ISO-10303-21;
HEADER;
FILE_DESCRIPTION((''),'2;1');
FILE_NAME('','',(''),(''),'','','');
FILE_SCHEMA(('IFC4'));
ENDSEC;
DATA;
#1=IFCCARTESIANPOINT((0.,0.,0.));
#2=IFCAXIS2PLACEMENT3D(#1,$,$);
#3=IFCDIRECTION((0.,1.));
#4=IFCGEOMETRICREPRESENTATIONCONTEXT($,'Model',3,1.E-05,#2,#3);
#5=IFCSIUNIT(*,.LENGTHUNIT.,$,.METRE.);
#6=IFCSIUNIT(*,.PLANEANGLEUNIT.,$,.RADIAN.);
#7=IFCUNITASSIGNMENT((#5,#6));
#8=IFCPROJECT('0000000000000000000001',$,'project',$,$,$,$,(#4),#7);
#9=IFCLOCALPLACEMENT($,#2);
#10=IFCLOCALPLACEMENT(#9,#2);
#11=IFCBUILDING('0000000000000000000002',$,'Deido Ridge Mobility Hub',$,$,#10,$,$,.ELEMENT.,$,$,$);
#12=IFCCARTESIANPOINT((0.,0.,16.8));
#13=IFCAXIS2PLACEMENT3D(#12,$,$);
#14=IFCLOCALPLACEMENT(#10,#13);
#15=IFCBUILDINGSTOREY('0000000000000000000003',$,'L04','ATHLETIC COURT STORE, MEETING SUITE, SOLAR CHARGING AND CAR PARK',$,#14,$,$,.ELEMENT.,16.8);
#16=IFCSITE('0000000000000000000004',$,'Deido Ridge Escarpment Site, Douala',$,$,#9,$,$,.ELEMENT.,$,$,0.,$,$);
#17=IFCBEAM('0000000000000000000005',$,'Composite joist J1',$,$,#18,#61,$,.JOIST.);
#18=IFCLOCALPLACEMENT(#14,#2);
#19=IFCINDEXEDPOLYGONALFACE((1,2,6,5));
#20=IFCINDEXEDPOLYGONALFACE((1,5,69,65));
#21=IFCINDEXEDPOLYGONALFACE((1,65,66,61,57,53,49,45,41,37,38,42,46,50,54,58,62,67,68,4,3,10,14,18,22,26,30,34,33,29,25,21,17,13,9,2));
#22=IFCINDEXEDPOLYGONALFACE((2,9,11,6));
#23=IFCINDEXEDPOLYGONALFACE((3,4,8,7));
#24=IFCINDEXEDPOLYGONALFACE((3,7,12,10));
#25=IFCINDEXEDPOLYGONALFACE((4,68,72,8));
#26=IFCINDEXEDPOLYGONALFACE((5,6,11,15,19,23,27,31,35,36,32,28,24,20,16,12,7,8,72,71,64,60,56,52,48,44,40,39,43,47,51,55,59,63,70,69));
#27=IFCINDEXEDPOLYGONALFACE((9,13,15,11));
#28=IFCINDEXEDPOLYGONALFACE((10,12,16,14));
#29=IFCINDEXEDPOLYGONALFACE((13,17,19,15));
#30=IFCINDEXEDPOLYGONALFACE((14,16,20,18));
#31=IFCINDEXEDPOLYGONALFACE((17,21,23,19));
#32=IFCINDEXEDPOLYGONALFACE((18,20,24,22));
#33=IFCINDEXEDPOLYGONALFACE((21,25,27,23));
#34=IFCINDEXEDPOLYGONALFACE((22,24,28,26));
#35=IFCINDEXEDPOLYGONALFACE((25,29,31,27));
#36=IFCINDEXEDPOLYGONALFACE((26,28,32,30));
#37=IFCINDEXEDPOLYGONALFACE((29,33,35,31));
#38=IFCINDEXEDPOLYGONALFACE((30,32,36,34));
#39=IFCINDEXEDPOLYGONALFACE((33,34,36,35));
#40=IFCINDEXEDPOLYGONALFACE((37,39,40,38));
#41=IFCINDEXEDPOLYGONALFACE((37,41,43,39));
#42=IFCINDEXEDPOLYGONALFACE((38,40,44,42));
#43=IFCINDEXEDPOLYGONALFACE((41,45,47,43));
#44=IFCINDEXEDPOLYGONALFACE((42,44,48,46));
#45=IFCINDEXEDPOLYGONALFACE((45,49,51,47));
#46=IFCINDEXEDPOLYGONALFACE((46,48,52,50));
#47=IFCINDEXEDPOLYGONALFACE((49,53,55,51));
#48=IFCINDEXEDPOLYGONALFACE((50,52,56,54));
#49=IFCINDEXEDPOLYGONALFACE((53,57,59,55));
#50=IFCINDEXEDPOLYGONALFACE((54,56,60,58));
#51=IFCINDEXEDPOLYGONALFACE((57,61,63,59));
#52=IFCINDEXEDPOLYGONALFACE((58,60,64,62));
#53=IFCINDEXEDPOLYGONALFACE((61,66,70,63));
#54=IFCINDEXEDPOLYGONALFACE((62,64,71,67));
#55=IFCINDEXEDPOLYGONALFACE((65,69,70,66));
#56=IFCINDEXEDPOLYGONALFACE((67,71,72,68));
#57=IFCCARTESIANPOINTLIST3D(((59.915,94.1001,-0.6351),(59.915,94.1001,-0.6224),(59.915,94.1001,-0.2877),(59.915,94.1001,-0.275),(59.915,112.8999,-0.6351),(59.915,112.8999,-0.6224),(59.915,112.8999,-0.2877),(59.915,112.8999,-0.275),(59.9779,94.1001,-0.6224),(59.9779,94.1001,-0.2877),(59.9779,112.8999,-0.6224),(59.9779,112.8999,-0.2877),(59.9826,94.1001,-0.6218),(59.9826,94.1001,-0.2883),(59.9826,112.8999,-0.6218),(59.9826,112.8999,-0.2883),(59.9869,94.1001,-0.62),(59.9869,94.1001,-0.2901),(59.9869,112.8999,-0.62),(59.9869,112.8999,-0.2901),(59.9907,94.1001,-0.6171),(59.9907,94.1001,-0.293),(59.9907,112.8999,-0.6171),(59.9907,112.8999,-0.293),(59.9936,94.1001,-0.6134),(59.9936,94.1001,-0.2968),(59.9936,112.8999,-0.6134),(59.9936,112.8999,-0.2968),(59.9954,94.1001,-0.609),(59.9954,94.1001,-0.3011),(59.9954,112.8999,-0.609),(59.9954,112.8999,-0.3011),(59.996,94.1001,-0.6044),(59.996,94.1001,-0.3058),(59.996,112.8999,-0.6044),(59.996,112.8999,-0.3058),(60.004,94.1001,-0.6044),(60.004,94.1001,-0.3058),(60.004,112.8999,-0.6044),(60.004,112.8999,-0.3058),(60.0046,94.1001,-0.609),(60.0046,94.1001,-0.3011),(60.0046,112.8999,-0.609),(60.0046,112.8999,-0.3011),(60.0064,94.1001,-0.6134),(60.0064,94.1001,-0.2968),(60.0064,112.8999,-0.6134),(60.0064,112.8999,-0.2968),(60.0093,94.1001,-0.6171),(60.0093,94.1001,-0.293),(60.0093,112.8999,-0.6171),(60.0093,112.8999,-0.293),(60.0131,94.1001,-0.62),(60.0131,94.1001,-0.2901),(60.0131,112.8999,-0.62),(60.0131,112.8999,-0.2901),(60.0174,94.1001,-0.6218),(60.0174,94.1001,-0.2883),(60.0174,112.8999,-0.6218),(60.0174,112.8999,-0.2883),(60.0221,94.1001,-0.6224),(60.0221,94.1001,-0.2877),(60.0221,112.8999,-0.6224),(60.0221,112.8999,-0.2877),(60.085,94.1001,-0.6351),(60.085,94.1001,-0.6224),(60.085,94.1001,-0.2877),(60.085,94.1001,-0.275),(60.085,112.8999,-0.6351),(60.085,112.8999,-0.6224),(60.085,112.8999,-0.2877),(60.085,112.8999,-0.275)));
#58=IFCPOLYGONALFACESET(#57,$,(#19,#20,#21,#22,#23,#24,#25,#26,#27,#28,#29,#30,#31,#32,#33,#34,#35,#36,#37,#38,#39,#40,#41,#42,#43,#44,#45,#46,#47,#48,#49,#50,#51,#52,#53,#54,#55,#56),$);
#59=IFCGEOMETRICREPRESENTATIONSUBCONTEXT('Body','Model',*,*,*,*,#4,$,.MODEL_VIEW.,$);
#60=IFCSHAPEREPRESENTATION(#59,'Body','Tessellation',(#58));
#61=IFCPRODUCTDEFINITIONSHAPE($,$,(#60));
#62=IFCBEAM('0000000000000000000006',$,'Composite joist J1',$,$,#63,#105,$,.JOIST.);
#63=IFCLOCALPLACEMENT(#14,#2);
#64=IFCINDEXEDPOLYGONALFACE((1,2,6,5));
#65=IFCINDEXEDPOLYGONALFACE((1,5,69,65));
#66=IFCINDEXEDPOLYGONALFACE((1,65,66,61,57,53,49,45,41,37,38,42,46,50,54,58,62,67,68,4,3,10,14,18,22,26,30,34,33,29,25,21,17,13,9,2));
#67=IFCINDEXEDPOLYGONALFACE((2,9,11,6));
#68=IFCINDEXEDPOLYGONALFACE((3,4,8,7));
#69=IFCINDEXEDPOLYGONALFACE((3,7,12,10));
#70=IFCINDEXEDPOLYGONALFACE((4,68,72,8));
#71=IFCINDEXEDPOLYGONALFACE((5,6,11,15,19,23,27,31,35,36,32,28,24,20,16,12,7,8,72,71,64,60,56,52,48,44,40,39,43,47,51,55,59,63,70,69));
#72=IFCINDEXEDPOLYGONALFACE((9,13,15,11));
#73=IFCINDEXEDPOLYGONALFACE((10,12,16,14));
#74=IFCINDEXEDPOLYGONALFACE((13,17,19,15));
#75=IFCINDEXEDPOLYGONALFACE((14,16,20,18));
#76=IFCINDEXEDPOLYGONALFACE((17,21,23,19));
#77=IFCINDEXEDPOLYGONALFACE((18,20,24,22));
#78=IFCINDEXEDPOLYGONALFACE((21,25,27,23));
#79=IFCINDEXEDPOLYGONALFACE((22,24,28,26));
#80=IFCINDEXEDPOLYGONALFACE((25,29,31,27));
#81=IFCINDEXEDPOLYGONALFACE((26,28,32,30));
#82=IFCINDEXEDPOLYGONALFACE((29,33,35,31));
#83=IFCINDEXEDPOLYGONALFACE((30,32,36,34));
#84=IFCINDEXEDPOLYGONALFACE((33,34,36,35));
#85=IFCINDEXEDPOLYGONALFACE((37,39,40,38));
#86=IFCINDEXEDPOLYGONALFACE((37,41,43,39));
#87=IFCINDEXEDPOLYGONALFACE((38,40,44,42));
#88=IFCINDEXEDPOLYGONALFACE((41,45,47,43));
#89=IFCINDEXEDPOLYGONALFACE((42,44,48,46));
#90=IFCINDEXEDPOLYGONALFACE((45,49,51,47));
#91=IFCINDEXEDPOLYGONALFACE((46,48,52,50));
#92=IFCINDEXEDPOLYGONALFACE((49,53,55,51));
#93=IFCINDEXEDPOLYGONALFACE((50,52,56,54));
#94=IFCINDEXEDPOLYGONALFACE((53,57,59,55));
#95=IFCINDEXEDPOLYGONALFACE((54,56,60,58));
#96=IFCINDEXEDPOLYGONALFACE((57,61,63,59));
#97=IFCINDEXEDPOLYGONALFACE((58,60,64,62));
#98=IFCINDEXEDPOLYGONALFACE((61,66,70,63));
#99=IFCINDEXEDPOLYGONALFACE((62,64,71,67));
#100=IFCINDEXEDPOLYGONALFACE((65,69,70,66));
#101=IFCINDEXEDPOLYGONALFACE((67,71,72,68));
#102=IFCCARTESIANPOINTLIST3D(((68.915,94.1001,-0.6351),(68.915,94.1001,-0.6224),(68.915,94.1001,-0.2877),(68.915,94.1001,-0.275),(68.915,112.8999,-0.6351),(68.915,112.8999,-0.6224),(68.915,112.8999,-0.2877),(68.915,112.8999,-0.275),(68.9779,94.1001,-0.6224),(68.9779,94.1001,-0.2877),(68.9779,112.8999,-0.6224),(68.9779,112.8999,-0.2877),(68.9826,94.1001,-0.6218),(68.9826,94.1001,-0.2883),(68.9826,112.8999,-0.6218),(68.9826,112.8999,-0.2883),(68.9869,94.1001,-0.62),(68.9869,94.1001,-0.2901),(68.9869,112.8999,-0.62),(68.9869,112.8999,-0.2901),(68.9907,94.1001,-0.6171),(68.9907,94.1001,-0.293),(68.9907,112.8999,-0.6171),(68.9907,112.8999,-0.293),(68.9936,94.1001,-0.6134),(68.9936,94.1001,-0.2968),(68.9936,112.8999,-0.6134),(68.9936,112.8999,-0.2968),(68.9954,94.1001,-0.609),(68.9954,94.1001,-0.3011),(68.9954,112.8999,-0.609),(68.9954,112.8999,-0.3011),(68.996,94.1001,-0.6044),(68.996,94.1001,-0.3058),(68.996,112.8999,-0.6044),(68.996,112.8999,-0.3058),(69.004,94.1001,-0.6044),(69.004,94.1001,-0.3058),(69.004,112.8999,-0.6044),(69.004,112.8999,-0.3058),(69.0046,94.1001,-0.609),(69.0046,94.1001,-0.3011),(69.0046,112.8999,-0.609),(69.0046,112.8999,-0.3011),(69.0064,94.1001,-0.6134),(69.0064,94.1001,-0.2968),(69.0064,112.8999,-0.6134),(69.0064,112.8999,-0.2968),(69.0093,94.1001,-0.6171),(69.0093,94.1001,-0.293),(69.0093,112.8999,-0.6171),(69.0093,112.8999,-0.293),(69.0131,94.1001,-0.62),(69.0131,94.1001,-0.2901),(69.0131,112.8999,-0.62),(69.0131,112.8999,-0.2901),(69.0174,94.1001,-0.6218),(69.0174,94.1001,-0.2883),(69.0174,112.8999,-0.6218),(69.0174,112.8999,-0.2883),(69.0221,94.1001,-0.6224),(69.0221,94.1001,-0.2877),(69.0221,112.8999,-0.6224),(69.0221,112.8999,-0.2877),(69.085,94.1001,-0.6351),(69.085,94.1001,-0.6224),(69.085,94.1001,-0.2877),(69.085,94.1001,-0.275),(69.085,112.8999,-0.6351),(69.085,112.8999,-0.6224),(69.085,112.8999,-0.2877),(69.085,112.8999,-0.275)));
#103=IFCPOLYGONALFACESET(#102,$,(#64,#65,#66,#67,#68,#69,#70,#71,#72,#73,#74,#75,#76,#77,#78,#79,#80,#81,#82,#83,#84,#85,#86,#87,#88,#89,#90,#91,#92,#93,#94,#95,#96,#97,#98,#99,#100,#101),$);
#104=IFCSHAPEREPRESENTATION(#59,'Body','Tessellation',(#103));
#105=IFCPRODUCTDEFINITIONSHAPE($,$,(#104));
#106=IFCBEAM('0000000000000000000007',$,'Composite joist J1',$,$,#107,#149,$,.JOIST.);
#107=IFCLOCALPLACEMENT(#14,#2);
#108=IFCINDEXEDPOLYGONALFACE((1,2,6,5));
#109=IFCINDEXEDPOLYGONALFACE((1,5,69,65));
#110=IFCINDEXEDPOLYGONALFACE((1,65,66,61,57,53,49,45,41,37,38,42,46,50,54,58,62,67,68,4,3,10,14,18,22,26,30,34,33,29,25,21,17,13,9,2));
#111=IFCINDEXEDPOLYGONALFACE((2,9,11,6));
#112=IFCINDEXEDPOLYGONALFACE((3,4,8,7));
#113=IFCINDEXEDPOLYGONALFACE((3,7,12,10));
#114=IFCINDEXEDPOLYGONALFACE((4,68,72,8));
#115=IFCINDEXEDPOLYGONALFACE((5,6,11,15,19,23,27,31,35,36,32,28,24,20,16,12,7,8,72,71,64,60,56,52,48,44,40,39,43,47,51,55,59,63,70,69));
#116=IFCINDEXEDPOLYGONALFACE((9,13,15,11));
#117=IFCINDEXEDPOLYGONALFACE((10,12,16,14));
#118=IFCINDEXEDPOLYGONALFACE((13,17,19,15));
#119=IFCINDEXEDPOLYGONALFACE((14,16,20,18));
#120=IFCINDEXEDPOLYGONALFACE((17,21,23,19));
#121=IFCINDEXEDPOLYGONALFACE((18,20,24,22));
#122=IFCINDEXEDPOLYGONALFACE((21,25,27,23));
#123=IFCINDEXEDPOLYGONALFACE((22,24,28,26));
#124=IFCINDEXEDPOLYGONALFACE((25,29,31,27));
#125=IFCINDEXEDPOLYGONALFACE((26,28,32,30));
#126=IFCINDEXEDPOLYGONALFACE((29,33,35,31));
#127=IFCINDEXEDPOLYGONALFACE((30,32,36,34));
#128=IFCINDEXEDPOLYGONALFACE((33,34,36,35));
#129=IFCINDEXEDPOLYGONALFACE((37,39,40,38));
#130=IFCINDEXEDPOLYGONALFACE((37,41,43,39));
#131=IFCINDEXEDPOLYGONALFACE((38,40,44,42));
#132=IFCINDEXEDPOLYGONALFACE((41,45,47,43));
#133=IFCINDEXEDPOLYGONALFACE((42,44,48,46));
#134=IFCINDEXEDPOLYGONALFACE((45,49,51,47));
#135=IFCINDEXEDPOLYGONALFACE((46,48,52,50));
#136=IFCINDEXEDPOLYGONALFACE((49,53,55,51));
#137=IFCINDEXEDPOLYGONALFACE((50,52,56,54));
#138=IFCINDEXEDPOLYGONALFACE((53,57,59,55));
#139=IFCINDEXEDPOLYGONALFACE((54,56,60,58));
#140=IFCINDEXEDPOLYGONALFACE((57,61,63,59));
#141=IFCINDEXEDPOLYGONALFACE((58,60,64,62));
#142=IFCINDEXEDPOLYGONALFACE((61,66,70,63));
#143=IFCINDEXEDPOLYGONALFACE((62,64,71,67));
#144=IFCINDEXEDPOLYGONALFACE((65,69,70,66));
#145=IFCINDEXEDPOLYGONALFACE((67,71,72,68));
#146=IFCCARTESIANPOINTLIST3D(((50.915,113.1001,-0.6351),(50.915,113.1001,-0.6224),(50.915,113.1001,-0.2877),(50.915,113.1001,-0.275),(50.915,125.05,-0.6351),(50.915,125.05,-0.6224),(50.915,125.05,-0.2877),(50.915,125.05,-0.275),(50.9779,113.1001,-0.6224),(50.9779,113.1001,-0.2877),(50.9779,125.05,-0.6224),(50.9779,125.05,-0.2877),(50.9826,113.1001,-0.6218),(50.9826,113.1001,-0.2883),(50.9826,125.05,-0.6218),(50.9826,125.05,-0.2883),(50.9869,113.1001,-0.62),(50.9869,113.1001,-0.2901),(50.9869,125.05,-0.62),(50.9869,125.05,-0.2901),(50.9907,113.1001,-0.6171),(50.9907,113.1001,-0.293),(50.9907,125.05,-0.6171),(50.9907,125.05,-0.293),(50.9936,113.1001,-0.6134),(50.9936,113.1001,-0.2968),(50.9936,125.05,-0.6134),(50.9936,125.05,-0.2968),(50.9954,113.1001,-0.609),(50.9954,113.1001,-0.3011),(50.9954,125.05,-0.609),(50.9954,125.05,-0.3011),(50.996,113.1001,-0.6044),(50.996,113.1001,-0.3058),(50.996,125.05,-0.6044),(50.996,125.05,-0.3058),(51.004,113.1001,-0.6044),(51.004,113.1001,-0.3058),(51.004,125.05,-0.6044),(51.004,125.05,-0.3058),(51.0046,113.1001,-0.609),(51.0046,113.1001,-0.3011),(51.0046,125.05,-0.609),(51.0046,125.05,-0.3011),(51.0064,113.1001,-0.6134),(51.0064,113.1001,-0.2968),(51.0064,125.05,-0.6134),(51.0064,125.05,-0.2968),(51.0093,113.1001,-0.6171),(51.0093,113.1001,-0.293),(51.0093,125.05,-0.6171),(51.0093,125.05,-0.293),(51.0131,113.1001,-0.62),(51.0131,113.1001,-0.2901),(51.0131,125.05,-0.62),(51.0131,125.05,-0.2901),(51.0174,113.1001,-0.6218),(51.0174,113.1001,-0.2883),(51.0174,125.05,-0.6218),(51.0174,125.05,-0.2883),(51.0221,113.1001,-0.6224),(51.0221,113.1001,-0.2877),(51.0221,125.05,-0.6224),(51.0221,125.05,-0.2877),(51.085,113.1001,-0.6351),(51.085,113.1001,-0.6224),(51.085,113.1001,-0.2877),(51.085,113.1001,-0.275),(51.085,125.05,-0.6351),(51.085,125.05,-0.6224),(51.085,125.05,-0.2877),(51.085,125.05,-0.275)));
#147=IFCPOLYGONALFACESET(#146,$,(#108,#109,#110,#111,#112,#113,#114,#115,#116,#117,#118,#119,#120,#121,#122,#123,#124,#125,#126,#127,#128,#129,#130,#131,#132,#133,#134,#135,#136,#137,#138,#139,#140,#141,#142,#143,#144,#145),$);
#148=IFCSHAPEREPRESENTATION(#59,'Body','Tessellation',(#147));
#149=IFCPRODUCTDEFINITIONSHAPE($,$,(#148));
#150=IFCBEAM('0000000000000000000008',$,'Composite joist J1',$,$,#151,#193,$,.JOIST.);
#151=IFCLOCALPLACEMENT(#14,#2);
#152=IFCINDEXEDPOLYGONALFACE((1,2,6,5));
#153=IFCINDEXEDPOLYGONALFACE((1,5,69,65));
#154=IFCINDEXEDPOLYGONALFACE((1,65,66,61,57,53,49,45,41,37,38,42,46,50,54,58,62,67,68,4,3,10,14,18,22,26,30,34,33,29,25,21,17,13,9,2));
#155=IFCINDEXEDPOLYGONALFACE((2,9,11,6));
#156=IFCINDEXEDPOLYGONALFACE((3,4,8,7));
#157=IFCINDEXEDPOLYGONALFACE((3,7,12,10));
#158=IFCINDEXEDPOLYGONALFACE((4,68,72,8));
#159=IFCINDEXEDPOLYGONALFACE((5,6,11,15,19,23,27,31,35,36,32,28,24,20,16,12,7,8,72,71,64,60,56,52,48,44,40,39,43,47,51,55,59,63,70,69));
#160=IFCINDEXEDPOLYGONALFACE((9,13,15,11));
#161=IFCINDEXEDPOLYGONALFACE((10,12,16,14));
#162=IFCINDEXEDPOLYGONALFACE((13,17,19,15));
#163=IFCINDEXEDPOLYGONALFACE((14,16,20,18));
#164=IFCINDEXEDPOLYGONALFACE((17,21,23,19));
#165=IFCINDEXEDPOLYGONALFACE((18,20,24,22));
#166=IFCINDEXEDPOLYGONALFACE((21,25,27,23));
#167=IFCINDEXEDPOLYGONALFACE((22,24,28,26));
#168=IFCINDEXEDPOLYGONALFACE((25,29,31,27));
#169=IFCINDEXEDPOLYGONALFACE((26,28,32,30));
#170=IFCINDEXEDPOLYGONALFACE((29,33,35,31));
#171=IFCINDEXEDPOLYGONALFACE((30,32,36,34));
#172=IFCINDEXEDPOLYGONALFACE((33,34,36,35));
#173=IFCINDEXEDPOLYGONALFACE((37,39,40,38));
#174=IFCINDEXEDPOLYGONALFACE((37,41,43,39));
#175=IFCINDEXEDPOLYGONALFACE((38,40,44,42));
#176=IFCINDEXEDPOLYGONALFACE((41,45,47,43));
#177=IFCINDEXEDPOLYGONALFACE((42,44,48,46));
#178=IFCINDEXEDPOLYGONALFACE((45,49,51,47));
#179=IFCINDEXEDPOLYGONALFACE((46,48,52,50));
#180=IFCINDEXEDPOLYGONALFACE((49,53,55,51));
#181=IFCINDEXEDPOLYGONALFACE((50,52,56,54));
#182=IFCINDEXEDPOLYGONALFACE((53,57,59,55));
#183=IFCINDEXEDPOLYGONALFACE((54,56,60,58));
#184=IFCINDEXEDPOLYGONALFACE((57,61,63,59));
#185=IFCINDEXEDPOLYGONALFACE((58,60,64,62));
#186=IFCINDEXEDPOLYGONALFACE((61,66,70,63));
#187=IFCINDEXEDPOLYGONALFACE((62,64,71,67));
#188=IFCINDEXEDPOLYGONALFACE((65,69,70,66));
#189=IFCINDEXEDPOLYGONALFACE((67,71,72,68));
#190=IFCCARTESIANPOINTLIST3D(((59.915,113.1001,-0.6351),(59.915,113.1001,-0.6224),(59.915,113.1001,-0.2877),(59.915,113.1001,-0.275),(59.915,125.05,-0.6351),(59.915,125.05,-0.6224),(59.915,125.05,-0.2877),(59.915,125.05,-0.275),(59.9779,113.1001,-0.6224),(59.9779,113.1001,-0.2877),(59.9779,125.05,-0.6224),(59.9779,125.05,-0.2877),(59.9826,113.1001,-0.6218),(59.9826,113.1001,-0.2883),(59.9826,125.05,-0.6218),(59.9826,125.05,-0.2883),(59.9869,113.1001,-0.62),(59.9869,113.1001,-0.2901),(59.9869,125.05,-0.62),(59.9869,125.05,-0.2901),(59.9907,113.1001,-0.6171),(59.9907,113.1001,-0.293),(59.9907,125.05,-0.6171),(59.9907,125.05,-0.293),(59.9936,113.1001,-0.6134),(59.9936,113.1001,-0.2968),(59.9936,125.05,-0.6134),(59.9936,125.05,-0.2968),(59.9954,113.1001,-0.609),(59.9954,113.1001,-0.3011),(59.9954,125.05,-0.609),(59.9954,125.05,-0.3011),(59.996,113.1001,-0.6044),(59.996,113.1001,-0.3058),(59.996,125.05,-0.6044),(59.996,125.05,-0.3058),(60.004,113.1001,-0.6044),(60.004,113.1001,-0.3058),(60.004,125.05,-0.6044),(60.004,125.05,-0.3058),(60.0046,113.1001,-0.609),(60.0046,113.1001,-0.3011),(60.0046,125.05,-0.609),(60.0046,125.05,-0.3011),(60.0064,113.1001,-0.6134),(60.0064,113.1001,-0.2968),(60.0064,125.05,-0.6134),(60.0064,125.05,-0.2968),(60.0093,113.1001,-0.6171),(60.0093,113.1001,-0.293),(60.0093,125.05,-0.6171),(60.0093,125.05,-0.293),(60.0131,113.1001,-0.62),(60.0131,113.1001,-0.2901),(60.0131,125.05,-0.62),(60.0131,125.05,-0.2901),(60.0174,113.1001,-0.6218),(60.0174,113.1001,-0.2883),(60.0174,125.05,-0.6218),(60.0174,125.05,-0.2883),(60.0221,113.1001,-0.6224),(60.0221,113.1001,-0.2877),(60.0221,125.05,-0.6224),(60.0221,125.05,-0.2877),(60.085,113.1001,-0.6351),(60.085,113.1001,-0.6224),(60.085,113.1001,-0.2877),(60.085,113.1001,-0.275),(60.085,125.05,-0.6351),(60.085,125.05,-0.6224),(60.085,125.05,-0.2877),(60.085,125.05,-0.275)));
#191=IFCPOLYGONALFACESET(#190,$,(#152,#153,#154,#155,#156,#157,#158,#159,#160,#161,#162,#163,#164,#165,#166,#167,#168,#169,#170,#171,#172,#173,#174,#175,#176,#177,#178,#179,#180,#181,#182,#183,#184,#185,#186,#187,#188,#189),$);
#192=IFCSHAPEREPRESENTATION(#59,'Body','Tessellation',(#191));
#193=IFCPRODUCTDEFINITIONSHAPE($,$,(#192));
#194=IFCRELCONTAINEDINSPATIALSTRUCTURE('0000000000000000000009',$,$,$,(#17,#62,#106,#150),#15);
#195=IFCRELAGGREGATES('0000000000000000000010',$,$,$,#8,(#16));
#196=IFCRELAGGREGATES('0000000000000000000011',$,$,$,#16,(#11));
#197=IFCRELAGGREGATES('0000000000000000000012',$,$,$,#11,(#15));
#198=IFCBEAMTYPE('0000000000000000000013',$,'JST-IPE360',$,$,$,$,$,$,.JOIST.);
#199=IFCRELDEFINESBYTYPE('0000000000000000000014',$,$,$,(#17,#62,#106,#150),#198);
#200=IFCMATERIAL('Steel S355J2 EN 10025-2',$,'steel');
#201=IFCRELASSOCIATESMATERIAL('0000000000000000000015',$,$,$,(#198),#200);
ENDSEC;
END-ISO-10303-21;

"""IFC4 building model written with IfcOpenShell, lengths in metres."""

from ifc_helpers import new_model, si_unit, direction, frame, origin, origin_2d, place, context, subcontext, project, spatial, i_section, extrude, material, material_profile, profile_set, type_object, element, save


model = new_model("IFC4")

# Units and contexts
model_context = context("Model", 3, precision=1e-05, world=origin(), true_north=direction((0.0, 1.0)))
body_context = subcontext(model_context, "Body", "Model", "MODEL_VIEW")
ifc_project = project(units=[si_unit("LENGTHUNIT", "METRE"), si_unit("PLANEANGLEUNIT", "RADIAN")], contexts=[model_context])

# Site, building, storey
site_placement = place(None, origin())
site = spatial("IfcSite", under=ifc_project, at=site_placement, Name="Deido Ridge Escarpment Site, Douala", CompositionType="ELEMENT", RefElevation=0.0)
building_placement = place(site_placement, origin())
building = spatial("IfcBuilding", under=site, at=building_placement, Name="Deido Ridge Mobility Hub", CompositionType="ELEMENT")
storey_placement = place(building_placement, frame((0.0, 0.0, 16.8)))
storey = spatial("IfcBuildingStorey", under=building, at=storey_placement, Name="L04", Description="ATHLETIC COURT STORE, MEETING SUITE, SOLAR CHARGING AND CAR PARK", CompositionType="ELEMENT", Elevation=16.8)

# Shared definitions
ifc_material_1 = material(Name="Steel S355J2 EN 10025-2", Category="steel")

# Beams
ifc_material_profile_1 = material_profile(ifc_material_1, i_section(OverallWidth=0.1699, OverallDepth=0.3601, WebThickness=0.0081, FlangeThickness=0.0127, FilletRadius=0.0181, at=origin_2d()), Name="IPE 360")
ifc_profile_set_1 = profile_set([ifc_material_profile_1], Name="Steel S355J2 EN 10025-2")
beam_type_1 = type_object("IfcBeamType", Name="JST-IPE360", PredefinedType="JOIST", material=ifc_profile_set_1)
for number, where, z_axis, x_axis, name in (
    (1, (60.0, 94.1001, -0.4551), (0.0, 1.0, 0.0), (-1.0, 0.0, 0.0), "Composite joist J1"),
    (2, (69.0, 94.1001, -0.4551), (0.0, 1.0, 0.0), (-1.0, 0.0, 0.0), "Composite joist J1"),
):
    element("IfcBeam", number, at=place(storey_placement, frame(where, z_axis=z_axis, x_axis=x_axis)), inside=storey, type_object=beam_type_1, Name=name, PredefinedType="JOIST", context=body_context, shape_type="SweptSolid", body=[
        extrude(i_section(OverallWidth=0.1699, OverallDepth=0.3601, WebThickness=0.0081, FlangeThickness=0.0127, FilletRadius=0.0181, at=origin_2d()), origin(), (0.0, 0.0, 1.0), 18.7998),
    ])
for number, where, z_axis, x_axis, name in (
    (3, (51.0, 113.1001, -0.4551), (0.0, 1.0, 0.0), (-1.0, 0.0, 0.0), "Composite joist J1"),
    (4, (60.0, 113.1001, -0.4551), (0.0, 1.0, 0.0), (-1.0, 0.0, 0.0), "Composite joist J1"),
):
    element("IfcBeam", number, at=place(storey_placement, frame(where, z_axis=z_axis, x_axis=x_axis)), inside=storey, type_object=beam_type_1, Name=name, PredefinedType="JOIST", context=body_context, shape_type="SweptSolid", body=[
        extrude(i_section(OverallWidth=0.1699, OverallDepth=0.3601, WebThickness=0.0081, FlangeThickness=0.0127, FilletRadius=0.0181, at=origin_2d()), origin(), (0.0, 0.0, 1.0), 11.95),
    ])

save(model, "model.ifc")
